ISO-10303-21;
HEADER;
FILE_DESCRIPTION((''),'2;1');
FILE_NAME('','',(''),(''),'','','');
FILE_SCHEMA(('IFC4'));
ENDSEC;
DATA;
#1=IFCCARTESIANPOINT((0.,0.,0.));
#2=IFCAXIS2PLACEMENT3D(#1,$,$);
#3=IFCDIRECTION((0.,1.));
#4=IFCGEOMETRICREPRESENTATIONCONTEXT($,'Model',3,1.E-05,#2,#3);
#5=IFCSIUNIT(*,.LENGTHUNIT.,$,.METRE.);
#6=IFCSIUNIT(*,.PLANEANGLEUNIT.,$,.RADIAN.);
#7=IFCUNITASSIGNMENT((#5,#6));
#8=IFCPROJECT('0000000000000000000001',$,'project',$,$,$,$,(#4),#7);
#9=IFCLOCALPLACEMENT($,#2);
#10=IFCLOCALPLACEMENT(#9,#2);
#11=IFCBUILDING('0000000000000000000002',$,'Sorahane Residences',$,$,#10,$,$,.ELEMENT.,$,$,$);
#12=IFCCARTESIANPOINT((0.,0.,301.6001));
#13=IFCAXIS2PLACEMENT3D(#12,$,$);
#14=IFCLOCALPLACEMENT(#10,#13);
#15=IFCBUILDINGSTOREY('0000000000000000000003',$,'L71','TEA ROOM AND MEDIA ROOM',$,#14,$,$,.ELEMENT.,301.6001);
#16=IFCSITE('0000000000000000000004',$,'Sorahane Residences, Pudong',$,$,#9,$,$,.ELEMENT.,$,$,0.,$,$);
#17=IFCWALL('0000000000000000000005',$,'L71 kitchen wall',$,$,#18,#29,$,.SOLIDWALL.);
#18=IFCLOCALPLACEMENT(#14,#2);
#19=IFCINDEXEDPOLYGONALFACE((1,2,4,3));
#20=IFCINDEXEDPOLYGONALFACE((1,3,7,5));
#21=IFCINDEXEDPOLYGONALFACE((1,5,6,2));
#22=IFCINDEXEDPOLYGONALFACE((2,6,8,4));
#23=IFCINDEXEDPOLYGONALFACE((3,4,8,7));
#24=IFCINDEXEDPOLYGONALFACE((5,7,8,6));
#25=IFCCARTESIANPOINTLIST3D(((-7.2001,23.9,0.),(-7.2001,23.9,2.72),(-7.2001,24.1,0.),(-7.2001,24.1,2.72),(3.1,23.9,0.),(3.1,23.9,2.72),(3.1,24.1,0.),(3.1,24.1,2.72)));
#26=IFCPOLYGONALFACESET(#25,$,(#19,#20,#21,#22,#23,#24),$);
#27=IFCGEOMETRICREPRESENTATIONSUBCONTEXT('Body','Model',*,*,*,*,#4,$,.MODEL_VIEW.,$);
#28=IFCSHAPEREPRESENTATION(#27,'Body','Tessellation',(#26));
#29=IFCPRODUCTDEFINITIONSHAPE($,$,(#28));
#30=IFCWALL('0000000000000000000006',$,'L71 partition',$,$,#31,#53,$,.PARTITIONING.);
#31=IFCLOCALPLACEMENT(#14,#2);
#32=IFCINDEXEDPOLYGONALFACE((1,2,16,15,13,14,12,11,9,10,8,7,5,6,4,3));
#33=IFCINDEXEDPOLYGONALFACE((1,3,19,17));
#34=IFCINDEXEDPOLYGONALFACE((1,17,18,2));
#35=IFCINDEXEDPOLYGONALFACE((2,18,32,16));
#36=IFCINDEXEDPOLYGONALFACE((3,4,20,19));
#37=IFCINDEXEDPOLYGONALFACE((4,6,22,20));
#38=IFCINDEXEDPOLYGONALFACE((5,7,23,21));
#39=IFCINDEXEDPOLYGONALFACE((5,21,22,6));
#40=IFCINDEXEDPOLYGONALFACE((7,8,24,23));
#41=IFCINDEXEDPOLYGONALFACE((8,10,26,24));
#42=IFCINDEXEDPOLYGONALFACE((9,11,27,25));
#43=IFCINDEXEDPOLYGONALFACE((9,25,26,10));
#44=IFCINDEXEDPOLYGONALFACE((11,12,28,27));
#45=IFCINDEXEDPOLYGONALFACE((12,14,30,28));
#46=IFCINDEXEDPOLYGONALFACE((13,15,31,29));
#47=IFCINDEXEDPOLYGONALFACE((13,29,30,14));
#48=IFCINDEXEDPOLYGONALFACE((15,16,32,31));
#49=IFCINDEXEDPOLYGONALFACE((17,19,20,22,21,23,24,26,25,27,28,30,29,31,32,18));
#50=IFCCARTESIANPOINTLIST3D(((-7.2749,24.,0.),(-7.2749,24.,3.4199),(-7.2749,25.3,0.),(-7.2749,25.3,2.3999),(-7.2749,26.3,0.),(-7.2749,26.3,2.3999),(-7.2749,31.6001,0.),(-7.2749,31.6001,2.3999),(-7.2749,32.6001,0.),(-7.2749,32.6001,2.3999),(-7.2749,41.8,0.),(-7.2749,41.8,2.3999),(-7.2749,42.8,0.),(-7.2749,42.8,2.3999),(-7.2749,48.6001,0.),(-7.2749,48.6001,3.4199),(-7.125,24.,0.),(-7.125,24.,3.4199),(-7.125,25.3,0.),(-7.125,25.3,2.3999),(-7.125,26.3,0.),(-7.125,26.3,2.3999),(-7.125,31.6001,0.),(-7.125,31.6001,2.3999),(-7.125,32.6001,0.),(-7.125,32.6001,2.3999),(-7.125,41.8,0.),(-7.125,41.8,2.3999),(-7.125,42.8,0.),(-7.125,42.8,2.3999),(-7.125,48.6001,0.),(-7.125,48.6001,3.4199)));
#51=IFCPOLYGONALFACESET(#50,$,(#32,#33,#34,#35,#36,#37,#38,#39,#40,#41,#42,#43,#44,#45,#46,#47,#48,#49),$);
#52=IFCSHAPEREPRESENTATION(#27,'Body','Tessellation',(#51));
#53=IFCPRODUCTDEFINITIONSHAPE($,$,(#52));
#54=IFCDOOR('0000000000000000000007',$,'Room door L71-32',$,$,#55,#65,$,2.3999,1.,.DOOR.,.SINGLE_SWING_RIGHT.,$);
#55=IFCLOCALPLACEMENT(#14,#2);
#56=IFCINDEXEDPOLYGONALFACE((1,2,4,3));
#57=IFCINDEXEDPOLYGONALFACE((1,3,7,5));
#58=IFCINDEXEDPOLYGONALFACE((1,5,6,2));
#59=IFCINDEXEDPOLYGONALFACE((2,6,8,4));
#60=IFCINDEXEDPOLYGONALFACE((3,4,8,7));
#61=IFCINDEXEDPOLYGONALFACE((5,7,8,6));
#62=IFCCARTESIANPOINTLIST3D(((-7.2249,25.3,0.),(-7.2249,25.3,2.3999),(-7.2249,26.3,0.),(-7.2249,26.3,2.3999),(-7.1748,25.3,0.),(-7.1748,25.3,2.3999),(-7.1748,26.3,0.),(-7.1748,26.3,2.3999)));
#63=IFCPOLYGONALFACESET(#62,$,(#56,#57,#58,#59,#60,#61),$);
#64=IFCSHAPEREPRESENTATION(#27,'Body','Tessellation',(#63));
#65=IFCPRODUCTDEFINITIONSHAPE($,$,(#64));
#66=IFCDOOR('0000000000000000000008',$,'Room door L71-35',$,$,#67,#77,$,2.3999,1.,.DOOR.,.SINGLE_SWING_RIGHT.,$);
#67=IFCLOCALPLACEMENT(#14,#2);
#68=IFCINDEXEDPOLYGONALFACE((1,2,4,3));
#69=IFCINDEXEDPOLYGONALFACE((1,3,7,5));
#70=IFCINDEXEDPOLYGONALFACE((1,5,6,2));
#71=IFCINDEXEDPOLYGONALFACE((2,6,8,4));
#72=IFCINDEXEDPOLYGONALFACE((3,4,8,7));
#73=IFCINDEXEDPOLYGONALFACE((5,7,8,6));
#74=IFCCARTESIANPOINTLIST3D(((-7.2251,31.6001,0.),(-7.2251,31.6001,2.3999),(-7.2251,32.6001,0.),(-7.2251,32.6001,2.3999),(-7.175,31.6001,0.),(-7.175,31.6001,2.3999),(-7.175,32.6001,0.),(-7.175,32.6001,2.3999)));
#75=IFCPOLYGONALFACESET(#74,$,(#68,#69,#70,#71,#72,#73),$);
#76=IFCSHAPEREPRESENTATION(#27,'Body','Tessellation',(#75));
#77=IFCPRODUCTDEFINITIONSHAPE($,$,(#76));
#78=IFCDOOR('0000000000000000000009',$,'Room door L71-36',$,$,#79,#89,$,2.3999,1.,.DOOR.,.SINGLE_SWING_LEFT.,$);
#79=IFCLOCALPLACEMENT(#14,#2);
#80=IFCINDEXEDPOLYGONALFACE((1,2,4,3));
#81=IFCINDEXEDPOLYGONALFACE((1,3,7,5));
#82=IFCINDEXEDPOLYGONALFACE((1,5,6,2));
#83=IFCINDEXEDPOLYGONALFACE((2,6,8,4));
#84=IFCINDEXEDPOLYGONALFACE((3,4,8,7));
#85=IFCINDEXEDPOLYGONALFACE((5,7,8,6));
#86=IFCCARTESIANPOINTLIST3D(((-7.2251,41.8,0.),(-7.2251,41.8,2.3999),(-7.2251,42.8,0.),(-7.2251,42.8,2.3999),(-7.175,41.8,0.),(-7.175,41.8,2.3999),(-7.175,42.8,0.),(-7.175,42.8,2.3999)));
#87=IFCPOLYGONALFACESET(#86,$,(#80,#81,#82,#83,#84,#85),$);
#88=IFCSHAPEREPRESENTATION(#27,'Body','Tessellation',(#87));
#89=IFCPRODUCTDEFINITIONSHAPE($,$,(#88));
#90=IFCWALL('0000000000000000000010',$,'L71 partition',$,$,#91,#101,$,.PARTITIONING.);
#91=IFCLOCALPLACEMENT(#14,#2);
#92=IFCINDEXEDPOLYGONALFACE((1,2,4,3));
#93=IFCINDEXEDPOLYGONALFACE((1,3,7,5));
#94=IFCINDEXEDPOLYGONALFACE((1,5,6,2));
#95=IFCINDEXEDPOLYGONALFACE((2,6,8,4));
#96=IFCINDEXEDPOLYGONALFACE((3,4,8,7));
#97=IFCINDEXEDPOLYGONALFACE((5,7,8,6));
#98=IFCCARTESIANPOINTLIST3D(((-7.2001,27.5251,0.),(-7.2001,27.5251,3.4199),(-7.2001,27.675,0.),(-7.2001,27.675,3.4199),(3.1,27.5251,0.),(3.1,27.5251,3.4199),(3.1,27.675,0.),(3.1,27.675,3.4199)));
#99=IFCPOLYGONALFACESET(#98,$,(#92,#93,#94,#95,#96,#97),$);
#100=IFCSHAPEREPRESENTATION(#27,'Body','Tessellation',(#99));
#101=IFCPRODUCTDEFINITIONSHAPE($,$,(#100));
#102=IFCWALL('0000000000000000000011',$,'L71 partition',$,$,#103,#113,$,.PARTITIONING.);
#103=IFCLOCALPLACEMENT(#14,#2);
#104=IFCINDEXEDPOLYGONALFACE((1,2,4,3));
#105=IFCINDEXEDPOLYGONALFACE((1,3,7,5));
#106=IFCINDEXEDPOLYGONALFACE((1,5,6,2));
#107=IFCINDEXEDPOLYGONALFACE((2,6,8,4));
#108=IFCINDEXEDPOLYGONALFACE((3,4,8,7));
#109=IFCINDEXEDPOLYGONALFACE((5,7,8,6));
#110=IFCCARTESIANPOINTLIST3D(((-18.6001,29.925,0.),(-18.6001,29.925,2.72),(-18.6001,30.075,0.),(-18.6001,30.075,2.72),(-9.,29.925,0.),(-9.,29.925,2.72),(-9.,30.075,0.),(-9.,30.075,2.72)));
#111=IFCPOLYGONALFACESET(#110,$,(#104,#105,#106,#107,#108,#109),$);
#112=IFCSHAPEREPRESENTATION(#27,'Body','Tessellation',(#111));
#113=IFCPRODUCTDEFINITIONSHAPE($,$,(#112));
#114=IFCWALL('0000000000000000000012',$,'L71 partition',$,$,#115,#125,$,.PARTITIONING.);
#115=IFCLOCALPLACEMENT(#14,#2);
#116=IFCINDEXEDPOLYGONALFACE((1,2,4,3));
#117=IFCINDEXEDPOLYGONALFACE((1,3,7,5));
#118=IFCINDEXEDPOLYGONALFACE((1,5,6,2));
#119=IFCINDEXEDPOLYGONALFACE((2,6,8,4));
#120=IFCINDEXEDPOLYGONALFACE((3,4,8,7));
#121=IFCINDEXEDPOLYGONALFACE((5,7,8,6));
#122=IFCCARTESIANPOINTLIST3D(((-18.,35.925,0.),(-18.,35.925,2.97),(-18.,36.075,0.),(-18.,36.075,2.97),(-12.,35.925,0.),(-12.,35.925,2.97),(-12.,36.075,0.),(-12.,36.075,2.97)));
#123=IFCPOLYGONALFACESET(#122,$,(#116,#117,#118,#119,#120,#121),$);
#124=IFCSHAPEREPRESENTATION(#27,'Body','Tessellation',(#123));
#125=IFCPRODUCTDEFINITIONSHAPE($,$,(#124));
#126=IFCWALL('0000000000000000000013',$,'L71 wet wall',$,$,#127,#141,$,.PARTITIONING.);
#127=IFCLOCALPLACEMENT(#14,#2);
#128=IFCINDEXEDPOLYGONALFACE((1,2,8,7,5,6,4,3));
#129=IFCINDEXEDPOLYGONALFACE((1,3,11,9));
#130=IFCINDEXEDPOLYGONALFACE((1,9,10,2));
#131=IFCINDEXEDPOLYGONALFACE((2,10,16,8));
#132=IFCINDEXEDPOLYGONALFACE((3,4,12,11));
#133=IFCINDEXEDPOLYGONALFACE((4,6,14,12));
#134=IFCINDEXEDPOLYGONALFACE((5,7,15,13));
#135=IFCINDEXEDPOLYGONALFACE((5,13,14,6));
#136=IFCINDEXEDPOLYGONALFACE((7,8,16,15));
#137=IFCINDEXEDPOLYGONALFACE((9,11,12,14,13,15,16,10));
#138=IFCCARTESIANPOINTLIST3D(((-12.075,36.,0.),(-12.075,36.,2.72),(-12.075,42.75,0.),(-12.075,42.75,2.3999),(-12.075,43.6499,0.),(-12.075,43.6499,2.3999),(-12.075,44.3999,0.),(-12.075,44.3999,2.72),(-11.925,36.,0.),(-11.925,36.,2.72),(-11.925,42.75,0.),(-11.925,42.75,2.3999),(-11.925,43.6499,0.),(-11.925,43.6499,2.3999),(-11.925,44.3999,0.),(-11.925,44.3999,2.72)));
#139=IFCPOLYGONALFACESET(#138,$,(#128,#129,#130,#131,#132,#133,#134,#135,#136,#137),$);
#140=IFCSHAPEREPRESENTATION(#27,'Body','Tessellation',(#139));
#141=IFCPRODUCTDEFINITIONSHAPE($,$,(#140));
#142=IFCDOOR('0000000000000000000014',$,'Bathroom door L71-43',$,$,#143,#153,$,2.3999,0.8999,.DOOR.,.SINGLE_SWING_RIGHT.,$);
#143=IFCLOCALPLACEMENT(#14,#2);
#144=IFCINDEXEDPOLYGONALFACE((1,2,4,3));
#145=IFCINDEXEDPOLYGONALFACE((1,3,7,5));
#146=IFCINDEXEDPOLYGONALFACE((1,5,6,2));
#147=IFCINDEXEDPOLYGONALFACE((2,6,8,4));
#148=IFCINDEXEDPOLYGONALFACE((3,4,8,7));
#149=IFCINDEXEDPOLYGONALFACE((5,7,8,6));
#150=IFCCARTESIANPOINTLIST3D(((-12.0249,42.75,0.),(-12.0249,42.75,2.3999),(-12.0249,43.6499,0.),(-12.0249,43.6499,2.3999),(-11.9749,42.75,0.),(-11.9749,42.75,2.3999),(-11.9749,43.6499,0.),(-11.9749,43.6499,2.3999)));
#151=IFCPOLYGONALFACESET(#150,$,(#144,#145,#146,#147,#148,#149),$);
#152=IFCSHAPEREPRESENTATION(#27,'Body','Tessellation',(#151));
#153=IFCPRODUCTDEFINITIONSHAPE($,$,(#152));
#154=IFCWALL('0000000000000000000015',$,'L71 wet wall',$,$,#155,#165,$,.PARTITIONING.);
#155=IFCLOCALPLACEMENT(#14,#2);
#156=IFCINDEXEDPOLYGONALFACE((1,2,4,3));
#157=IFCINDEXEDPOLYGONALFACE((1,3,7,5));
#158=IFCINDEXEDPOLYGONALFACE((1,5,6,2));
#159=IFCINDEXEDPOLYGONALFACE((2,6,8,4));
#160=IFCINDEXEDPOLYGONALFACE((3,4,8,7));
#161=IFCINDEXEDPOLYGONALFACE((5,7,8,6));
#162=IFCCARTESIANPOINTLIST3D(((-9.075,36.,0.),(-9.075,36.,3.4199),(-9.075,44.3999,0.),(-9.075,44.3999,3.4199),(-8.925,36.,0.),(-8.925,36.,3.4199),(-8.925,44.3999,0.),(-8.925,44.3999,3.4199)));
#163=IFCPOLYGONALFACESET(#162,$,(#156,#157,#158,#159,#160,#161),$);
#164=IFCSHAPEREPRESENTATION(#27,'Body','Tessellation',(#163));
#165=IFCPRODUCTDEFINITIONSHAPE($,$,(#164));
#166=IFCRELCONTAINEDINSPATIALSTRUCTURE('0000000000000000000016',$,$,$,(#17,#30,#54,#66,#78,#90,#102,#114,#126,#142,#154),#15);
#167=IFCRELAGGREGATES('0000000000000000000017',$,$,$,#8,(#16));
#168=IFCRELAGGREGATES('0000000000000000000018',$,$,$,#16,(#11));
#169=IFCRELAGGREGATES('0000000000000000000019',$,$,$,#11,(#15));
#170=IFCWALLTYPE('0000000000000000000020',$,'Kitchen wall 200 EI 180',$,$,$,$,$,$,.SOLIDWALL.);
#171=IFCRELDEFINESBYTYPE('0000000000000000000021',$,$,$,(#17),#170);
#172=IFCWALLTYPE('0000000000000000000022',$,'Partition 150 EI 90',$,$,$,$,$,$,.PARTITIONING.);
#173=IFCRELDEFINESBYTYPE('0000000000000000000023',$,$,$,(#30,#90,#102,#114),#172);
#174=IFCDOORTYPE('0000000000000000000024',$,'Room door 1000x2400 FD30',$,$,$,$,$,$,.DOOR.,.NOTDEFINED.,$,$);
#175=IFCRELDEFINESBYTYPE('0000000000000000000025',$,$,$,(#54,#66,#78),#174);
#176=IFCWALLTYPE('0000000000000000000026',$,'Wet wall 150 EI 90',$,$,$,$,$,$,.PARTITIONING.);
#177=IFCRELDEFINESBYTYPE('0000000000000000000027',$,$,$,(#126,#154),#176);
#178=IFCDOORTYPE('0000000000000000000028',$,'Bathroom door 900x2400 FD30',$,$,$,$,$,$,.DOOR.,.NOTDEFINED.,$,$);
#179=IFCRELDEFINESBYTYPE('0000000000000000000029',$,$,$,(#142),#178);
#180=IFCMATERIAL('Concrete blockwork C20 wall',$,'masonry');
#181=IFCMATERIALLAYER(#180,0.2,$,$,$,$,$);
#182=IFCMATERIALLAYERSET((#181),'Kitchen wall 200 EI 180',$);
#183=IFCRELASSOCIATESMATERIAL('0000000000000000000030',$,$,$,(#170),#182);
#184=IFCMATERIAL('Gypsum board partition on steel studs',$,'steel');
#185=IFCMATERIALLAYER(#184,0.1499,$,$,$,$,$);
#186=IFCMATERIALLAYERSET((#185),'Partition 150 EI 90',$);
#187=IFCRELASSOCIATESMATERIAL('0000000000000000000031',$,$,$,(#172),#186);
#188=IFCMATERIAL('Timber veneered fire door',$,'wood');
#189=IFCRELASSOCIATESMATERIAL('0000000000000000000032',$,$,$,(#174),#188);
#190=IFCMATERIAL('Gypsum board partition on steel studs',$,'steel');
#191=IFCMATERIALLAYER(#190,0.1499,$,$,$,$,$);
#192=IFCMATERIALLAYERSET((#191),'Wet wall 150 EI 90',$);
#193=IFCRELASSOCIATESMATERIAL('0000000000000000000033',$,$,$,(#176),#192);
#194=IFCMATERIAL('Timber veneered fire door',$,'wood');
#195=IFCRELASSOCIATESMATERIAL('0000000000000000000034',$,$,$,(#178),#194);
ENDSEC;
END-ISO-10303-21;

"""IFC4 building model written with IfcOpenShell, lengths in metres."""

from ifc_helpers import new_model, si_unit, direction, frame, frame_2d, origin, place, context, subcontext, project, spatial, rectangle, extrude, material, layer, layer_set, type_object, element, fill, save


model = new_model("IFC4")

# Units and contexts
model_context = context("Model", 3, precision=1e-05, world=origin(), true_north=direction((0.0, 1.0)))
body_context = subcontext(model_context, "Body", "Model", "MODEL_VIEW")
ifc_project = project(units=[si_unit("LENGTHUNIT", "METRE"), si_unit("PLANEANGLEUNIT", "RADIAN")], contexts=[model_context])

# Site, building, storey
site_placement = place(None, origin())
site = spatial("IfcSite", under=ifc_project, at=site_placement, Name="Sorahane Residences, Pudong", CompositionType="ELEMENT", RefElevation=0.0)
building_placement = place(site_placement, origin())
building = spatial("IfcBuilding", under=site, at=building_placement, Name="Sorahane Residences", CompositionType="ELEMENT")
storey_placement = place(building_placement, frame((0.0, 0.0, 301.6001)))
storey = spatial("IfcBuildingStorey", under=building, at=storey_placement, Name="L71", Description="TEA ROOM AND MEDIA ROOM", CompositionType="ELEMENT", Elevation=301.6001)

# Wall
ifc_material_1 = material(Name="Concrete blockwork C20 wall", Category="masonry")
ifc_layer_1 = layer(ifc_material_1, 0.2)
ifc_layer_set_1 = layer_set([ifc_layer_1], Name="Kitchen wall 200 EI 180")
wall_type_1 = type_object("IfcWallType", Name="Kitchen wall 200 EI 180", PredefinedType="SOLIDWALL", material=ifc_layer_set_1)
for number, where, z_axis, x_axis, name in (
    (1, (-7.2, 24.0, 0.0), (0.0, 0.0, 1.0), (1.0, 0.0, 0.0), "L71 kitchen wall"),
):
    element("IfcWall", number, at=place(storey_placement, frame(where, z_axis=z_axis, x_axis=x_axis)), inside=storey, type_object=wall_type_1, Name=name, PredefinedType="SOLIDWALL", context=body_context, shape_type="SweptSolid", body=[
        extrude(rectangle(XDim=10.3, YDim=0.2, at=frame_2d((5.1499, 0.0))), origin(), (0.0, 0.0, 1.0), 2.72),
    ])

# Wall, openings, doors
ifc_material_2 = material(Name="Gypsum board partition on steel studs", Category="steel")
ifc_layer_2 = layer(ifc_material_2, 0.1499)
ifc_layer_set_2 = layer_set([ifc_layer_2], Name="Partition 150 EI 90")
wall_type_2 = type_object("IfcWallType", Name="Partition 150 EI 90", PredefinedType="PARTITIONING", material=ifc_layer_set_2)
wall_1_placement = place(storey_placement, frame((-7.2, 24.0, 0.0), z_axis=(0.0, 0.0, 1.0), x_axis=(0.0, 1.0, 0.0)))
wall_1 = element("IfcWall", 2, at=wall_1_placement, inside=storey, type_object=wall_type_2, Name="L71 partition", PredefinedType="PARTITIONING", context=body_context, shape_type="SweptSolid", body=[
    extrude(rectangle(XDim=24.6001, YDim=0.1499, at=frame_2d((12.3, 0.0))), origin(), (0.0, 0.0, 1.0), 3.4199),
])
opening_1_placement = place(wall_1_placement, frame((1.3, 0.0, 0.0)))
opening_1 = element("IfcOpeningElement", 3, at=opening_1_placement, cuts=wall_1, PredefinedType="OPENING", context=body_context, shape_type="SweptSolid", body=[
    extrude(rectangle(XDim=1.0, YDim=2.3999, at=frame_2d((0.5, 1.2))), frame((0.0, 0.085, 0.0), z_axis=(0.0, -1.0, 0.0), x_axis=(1.0, 0.0, 0.0)), (0.0, 0.0, 1.0), 0.1699),
])
opening_2_placement = place(wall_1_placement, frame((7.6001, 0.0, 0.0)))
opening_2 = element("IfcOpeningElement", 4, at=opening_2_placement, cuts=wall_1, PredefinedType="OPENING", context=body_context, shape_type="SweptSolid", body=[
    extrude(rectangle(XDim=1.0, YDim=2.3999, at=frame_2d((0.5, 1.2))), frame((0.0, 0.085, 0.0), z_axis=(0.0, -1.0, 0.0), x_axis=(1.0, 0.0, 0.0)), (0.0, 0.0, 1.0), 0.1699),
])
opening_3_placement = place(wall_1_placement, frame((17.8, 0.0, 0.0)))
opening_3 = element("IfcOpeningElement", 5, at=opening_3_placement, cuts=wall_1, PredefinedType="OPENING", context=body_context, shape_type="SweptSolid", body=[
    extrude(rectangle(XDim=1.0, YDim=2.3999, at=frame_2d((0.5, 1.2))), frame((0.0, 0.085, 0.0), z_axis=(0.0, -1.0, 0.0), x_axis=(1.0, 0.0, 0.0)), (0.0, 0.0, 1.0), 0.1699),
])
ifc_material_3 = material(Name="Timber veneered fire door", Category="wood")
door_type_1 = type_object("IfcDoorType", Name="Room door 1000x2400 FD30", OperationType="NOTDEFINED", PredefinedType="DOOR", material=ifc_material_3)
door_1_placement = place(opening_1_placement, origin())
door_1 = element("IfcDoor", 6, at=door_1_placement, inside=storey, type_object=door_type_1, Name="Room door L71-32", OperationType="SINGLE_SWING_RIGHT", OverallHeight=2.3999, OverallWidth=1.0, PredefinedType="DOOR", context=body_context, shape_type="SweptSolid", body=[
    extrude(rectangle(XDim=1.0, YDim=2.3999, at=frame_2d((0.5, 1.2))), frame((0.0, 0.0249, 0.0), z_axis=(0.0, -1.0, 0.0), x_axis=(1.0, 0.0, 0.0)), (0.0, 0.0, 1.0), 0.05),
])
fill(opening_1, door_1)
door_2_placement = place(opening_2_placement, frame((1.0, 0.0, 0.0), z_axis=(0.0, 0.0, 1.0), x_axis=(-1.0, 0.0, 0.0)))
door_2 = element("IfcDoor", 7, at=door_2_placement, inside=storey, type_object=door_type_1, Name="Room door L71-35", OperationType="SINGLE_SWING_RIGHT", OverallHeight=2.3999, OverallWidth=1.0, PredefinedType="DOOR", context=body_context, shape_type="SweptSolid", body=[
    extrude(rectangle(XDim=1.0, YDim=2.3999, at=frame_2d((0.5, 1.2))), frame((0.0, 0.0249, 0.0), z_axis=(0.0, -1.0, 0.0), x_axis=(1.0, 0.0, 0.0)), (0.0, 0.0, 1.0), 0.05),
])
fill(opening_2, door_2)
door_3_placement = place(opening_3_placement, frame((1.0, 0.0, 0.0), z_axis=(0.0, 0.0, 1.0), x_axis=(-1.0, 0.0, 0.0)))
door_3 = element("IfcDoor", 8, at=door_3_placement, inside=storey, type_object=door_type_1, Name="Room door L71-36", OperationType="SINGLE_SWING_LEFT", OverallHeight=2.3999, OverallWidth=1.0, PredefinedType="DOOR", context=body_context, shape_type="SweptSolid", body=[
    extrude(rectangle(XDim=1.0, YDim=2.3999, at=frame_2d((0.5, 1.2))), frame((0.0, 0.0249, 0.0), z_axis=(0.0, -1.0, 0.0), x_axis=(1.0, 0.0, 0.0)), (0.0, 0.0, 1.0), 0.05),
])
fill(opening_3, door_3)

# Walls
wall_2_placement = place(storey_placement, frame((-7.2, 27.6001, 0.0), z_axis=(0.0, 0.0, 1.0), x_axis=(1.0, 0.0, 0.0)))
element("IfcWall", 9, at=wall_2_placement, inside=storey, type_object=wall_type_2, Name="L71 partition", PredefinedType="PARTITIONING", context=body_context, shape_type="SweptSolid", body=[
    extrude(rectangle(XDim=10.3, YDim=0.1499, at=frame_2d((5.1499, 0.0))), origin(), (0.0, 0.0, 1.0), 3.4199),
])
wall_3_placement = place(storey_placement, frame((-18.6001, 30.0, 0.0), z_axis=(0.0, 0.0, 1.0), x_axis=(1.0, 0.0, 0.0)))
element("IfcWall", 10, at=wall_3_placement, inside=storey, type_object=wall_type_2, Name="L71 partition", PredefinedType="PARTITIONING", context=body_context, shape_type="SweptSolid", body=[
    extrude(rectangle(XDim=9.6001, YDim=0.1499, at=frame_2d((4.8, 0.0))), origin(), (0.0, 0.0, 1.0), 2.72),
])
wall_4_placement = place(storey_placement, frame((-18.0, 36.0, 0.0), z_axis=(0.0, 0.0, 1.0), x_axis=(1.0, 0.0, 0.0)))
element("IfcWall", 11, at=wall_4_placement, inside=storey, type_object=wall_type_2, Name="L71 partition", PredefinedType="PARTITIONING", context=body_context, shape_type="SweptSolid", body=[
    extrude(rectangle(XDim=6.0, YDim=0.1499, at=frame_2d((3.0, 0.0))), origin(), (0.0, 0.0, 1.0), 2.97),
])

# Wall, opening, door
ifc_material_4 = material(Name="Gypsum board partition on steel studs", Category="steel")
ifc_layer_3 = layer(ifc_material_4, 0.1499)
ifc_layer_set_3 = layer_set([ifc_layer_3], Name="Wet wall 150 EI 90")
wall_type_3 = type_object("IfcWallType", Name="Wet wall 150 EI 90", PredefinedType="PARTITIONING", material=ifc_layer_set_3)
wall_5_placement = place(storey_placement, frame((-12.0, 36.0, 0.0), z_axis=(0.0, 0.0, 1.0), x_axis=(0.0, 1.0, 0.0)))
wall_5 = element("IfcWall", 12, at=wall_5_placement, inside=storey, type_object=wall_type_3, Name="L71 wet wall", PredefinedType="PARTITIONING", context=body_context, shape_type="SweptSolid", body=[
    extrude(rectangle(XDim=8.3999, YDim=0.1499, at=frame_2d((4.2, 0.0))), origin(), (0.0, 0.0, 1.0), 2.72),
])
opening_4_placement = place(wall_5_placement, frame((6.75, 0.0, 0.0)))
opening_4 = element("IfcOpeningElement", 13, at=opening_4_placement, cuts=wall_5, PredefinedType="OPENING", context=body_context, shape_type="SweptSolid", body=[
    extrude(rectangle(XDim=0.8999, YDim=2.3999, at=frame_2d((0.45, 1.2))), frame((0.0, 0.085, 0.0), z_axis=(0.0, -1.0, 0.0), x_axis=(1.0, 0.0, 0.0)), (0.0, 0.0, 1.0), 0.1699),
])
ifc_material_5 = material(Name="Timber veneered fire door", Category="wood")
door_type_2 = type_object("IfcDoorType", Name="Bathroom door 900x2400 FD30", OperationType="NOTDEFINED", PredefinedType="DOOR", material=ifc_material_5)
door_4_placement = place(opening_4_placement, origin())
door_4 = element("IfcDoor", 14, at=door_4_placement, inside=storey, type_object=door_type_2, Name="Bathroom door L71-43", OperationType="SINGLE_SWING_RIGHT", OverallHeight=2.3999, OverallWidth=0.8999, PredefinedType="DOOR", context=body_context, shape_type="SweptSolid", body=[
    extrude(rectangle(XDim=0.8999, YDim=2.3999, at=frame_2d((0.45, 1.2))), frame((0.0, 0.0249, 0.0), z_axis=(0.0, -1.0, 0.0), x_axis=(1.0, 0.0, 0.0)), (0.0, 0.0, 1.0), 0.05),
])
fill(opening_4, door_4)

# Wall
wall_6_placement = place(storey_placement, frame((-9.0, 36.0, 0.0), z_axis=(0.0, 0.0, 1.0), x_axis=(0.0, 1.0, 0.0)))
element("IfcWall", 15, at=wall_6_placement, inside=storey, type_object=wall_type_3, Name="L71 wet wall", PredefinedType="PARTITIONING", context=body_context, shape_type="SweptSolid", body=[
    extrude(rectangle(XDim=8.3999, YDim=0.1499, at=frame_2d((4.2, 0.0))), origin(), (0.0, 0.0, 1.0), 3.4199),
])

save(model, "model.ifc")
